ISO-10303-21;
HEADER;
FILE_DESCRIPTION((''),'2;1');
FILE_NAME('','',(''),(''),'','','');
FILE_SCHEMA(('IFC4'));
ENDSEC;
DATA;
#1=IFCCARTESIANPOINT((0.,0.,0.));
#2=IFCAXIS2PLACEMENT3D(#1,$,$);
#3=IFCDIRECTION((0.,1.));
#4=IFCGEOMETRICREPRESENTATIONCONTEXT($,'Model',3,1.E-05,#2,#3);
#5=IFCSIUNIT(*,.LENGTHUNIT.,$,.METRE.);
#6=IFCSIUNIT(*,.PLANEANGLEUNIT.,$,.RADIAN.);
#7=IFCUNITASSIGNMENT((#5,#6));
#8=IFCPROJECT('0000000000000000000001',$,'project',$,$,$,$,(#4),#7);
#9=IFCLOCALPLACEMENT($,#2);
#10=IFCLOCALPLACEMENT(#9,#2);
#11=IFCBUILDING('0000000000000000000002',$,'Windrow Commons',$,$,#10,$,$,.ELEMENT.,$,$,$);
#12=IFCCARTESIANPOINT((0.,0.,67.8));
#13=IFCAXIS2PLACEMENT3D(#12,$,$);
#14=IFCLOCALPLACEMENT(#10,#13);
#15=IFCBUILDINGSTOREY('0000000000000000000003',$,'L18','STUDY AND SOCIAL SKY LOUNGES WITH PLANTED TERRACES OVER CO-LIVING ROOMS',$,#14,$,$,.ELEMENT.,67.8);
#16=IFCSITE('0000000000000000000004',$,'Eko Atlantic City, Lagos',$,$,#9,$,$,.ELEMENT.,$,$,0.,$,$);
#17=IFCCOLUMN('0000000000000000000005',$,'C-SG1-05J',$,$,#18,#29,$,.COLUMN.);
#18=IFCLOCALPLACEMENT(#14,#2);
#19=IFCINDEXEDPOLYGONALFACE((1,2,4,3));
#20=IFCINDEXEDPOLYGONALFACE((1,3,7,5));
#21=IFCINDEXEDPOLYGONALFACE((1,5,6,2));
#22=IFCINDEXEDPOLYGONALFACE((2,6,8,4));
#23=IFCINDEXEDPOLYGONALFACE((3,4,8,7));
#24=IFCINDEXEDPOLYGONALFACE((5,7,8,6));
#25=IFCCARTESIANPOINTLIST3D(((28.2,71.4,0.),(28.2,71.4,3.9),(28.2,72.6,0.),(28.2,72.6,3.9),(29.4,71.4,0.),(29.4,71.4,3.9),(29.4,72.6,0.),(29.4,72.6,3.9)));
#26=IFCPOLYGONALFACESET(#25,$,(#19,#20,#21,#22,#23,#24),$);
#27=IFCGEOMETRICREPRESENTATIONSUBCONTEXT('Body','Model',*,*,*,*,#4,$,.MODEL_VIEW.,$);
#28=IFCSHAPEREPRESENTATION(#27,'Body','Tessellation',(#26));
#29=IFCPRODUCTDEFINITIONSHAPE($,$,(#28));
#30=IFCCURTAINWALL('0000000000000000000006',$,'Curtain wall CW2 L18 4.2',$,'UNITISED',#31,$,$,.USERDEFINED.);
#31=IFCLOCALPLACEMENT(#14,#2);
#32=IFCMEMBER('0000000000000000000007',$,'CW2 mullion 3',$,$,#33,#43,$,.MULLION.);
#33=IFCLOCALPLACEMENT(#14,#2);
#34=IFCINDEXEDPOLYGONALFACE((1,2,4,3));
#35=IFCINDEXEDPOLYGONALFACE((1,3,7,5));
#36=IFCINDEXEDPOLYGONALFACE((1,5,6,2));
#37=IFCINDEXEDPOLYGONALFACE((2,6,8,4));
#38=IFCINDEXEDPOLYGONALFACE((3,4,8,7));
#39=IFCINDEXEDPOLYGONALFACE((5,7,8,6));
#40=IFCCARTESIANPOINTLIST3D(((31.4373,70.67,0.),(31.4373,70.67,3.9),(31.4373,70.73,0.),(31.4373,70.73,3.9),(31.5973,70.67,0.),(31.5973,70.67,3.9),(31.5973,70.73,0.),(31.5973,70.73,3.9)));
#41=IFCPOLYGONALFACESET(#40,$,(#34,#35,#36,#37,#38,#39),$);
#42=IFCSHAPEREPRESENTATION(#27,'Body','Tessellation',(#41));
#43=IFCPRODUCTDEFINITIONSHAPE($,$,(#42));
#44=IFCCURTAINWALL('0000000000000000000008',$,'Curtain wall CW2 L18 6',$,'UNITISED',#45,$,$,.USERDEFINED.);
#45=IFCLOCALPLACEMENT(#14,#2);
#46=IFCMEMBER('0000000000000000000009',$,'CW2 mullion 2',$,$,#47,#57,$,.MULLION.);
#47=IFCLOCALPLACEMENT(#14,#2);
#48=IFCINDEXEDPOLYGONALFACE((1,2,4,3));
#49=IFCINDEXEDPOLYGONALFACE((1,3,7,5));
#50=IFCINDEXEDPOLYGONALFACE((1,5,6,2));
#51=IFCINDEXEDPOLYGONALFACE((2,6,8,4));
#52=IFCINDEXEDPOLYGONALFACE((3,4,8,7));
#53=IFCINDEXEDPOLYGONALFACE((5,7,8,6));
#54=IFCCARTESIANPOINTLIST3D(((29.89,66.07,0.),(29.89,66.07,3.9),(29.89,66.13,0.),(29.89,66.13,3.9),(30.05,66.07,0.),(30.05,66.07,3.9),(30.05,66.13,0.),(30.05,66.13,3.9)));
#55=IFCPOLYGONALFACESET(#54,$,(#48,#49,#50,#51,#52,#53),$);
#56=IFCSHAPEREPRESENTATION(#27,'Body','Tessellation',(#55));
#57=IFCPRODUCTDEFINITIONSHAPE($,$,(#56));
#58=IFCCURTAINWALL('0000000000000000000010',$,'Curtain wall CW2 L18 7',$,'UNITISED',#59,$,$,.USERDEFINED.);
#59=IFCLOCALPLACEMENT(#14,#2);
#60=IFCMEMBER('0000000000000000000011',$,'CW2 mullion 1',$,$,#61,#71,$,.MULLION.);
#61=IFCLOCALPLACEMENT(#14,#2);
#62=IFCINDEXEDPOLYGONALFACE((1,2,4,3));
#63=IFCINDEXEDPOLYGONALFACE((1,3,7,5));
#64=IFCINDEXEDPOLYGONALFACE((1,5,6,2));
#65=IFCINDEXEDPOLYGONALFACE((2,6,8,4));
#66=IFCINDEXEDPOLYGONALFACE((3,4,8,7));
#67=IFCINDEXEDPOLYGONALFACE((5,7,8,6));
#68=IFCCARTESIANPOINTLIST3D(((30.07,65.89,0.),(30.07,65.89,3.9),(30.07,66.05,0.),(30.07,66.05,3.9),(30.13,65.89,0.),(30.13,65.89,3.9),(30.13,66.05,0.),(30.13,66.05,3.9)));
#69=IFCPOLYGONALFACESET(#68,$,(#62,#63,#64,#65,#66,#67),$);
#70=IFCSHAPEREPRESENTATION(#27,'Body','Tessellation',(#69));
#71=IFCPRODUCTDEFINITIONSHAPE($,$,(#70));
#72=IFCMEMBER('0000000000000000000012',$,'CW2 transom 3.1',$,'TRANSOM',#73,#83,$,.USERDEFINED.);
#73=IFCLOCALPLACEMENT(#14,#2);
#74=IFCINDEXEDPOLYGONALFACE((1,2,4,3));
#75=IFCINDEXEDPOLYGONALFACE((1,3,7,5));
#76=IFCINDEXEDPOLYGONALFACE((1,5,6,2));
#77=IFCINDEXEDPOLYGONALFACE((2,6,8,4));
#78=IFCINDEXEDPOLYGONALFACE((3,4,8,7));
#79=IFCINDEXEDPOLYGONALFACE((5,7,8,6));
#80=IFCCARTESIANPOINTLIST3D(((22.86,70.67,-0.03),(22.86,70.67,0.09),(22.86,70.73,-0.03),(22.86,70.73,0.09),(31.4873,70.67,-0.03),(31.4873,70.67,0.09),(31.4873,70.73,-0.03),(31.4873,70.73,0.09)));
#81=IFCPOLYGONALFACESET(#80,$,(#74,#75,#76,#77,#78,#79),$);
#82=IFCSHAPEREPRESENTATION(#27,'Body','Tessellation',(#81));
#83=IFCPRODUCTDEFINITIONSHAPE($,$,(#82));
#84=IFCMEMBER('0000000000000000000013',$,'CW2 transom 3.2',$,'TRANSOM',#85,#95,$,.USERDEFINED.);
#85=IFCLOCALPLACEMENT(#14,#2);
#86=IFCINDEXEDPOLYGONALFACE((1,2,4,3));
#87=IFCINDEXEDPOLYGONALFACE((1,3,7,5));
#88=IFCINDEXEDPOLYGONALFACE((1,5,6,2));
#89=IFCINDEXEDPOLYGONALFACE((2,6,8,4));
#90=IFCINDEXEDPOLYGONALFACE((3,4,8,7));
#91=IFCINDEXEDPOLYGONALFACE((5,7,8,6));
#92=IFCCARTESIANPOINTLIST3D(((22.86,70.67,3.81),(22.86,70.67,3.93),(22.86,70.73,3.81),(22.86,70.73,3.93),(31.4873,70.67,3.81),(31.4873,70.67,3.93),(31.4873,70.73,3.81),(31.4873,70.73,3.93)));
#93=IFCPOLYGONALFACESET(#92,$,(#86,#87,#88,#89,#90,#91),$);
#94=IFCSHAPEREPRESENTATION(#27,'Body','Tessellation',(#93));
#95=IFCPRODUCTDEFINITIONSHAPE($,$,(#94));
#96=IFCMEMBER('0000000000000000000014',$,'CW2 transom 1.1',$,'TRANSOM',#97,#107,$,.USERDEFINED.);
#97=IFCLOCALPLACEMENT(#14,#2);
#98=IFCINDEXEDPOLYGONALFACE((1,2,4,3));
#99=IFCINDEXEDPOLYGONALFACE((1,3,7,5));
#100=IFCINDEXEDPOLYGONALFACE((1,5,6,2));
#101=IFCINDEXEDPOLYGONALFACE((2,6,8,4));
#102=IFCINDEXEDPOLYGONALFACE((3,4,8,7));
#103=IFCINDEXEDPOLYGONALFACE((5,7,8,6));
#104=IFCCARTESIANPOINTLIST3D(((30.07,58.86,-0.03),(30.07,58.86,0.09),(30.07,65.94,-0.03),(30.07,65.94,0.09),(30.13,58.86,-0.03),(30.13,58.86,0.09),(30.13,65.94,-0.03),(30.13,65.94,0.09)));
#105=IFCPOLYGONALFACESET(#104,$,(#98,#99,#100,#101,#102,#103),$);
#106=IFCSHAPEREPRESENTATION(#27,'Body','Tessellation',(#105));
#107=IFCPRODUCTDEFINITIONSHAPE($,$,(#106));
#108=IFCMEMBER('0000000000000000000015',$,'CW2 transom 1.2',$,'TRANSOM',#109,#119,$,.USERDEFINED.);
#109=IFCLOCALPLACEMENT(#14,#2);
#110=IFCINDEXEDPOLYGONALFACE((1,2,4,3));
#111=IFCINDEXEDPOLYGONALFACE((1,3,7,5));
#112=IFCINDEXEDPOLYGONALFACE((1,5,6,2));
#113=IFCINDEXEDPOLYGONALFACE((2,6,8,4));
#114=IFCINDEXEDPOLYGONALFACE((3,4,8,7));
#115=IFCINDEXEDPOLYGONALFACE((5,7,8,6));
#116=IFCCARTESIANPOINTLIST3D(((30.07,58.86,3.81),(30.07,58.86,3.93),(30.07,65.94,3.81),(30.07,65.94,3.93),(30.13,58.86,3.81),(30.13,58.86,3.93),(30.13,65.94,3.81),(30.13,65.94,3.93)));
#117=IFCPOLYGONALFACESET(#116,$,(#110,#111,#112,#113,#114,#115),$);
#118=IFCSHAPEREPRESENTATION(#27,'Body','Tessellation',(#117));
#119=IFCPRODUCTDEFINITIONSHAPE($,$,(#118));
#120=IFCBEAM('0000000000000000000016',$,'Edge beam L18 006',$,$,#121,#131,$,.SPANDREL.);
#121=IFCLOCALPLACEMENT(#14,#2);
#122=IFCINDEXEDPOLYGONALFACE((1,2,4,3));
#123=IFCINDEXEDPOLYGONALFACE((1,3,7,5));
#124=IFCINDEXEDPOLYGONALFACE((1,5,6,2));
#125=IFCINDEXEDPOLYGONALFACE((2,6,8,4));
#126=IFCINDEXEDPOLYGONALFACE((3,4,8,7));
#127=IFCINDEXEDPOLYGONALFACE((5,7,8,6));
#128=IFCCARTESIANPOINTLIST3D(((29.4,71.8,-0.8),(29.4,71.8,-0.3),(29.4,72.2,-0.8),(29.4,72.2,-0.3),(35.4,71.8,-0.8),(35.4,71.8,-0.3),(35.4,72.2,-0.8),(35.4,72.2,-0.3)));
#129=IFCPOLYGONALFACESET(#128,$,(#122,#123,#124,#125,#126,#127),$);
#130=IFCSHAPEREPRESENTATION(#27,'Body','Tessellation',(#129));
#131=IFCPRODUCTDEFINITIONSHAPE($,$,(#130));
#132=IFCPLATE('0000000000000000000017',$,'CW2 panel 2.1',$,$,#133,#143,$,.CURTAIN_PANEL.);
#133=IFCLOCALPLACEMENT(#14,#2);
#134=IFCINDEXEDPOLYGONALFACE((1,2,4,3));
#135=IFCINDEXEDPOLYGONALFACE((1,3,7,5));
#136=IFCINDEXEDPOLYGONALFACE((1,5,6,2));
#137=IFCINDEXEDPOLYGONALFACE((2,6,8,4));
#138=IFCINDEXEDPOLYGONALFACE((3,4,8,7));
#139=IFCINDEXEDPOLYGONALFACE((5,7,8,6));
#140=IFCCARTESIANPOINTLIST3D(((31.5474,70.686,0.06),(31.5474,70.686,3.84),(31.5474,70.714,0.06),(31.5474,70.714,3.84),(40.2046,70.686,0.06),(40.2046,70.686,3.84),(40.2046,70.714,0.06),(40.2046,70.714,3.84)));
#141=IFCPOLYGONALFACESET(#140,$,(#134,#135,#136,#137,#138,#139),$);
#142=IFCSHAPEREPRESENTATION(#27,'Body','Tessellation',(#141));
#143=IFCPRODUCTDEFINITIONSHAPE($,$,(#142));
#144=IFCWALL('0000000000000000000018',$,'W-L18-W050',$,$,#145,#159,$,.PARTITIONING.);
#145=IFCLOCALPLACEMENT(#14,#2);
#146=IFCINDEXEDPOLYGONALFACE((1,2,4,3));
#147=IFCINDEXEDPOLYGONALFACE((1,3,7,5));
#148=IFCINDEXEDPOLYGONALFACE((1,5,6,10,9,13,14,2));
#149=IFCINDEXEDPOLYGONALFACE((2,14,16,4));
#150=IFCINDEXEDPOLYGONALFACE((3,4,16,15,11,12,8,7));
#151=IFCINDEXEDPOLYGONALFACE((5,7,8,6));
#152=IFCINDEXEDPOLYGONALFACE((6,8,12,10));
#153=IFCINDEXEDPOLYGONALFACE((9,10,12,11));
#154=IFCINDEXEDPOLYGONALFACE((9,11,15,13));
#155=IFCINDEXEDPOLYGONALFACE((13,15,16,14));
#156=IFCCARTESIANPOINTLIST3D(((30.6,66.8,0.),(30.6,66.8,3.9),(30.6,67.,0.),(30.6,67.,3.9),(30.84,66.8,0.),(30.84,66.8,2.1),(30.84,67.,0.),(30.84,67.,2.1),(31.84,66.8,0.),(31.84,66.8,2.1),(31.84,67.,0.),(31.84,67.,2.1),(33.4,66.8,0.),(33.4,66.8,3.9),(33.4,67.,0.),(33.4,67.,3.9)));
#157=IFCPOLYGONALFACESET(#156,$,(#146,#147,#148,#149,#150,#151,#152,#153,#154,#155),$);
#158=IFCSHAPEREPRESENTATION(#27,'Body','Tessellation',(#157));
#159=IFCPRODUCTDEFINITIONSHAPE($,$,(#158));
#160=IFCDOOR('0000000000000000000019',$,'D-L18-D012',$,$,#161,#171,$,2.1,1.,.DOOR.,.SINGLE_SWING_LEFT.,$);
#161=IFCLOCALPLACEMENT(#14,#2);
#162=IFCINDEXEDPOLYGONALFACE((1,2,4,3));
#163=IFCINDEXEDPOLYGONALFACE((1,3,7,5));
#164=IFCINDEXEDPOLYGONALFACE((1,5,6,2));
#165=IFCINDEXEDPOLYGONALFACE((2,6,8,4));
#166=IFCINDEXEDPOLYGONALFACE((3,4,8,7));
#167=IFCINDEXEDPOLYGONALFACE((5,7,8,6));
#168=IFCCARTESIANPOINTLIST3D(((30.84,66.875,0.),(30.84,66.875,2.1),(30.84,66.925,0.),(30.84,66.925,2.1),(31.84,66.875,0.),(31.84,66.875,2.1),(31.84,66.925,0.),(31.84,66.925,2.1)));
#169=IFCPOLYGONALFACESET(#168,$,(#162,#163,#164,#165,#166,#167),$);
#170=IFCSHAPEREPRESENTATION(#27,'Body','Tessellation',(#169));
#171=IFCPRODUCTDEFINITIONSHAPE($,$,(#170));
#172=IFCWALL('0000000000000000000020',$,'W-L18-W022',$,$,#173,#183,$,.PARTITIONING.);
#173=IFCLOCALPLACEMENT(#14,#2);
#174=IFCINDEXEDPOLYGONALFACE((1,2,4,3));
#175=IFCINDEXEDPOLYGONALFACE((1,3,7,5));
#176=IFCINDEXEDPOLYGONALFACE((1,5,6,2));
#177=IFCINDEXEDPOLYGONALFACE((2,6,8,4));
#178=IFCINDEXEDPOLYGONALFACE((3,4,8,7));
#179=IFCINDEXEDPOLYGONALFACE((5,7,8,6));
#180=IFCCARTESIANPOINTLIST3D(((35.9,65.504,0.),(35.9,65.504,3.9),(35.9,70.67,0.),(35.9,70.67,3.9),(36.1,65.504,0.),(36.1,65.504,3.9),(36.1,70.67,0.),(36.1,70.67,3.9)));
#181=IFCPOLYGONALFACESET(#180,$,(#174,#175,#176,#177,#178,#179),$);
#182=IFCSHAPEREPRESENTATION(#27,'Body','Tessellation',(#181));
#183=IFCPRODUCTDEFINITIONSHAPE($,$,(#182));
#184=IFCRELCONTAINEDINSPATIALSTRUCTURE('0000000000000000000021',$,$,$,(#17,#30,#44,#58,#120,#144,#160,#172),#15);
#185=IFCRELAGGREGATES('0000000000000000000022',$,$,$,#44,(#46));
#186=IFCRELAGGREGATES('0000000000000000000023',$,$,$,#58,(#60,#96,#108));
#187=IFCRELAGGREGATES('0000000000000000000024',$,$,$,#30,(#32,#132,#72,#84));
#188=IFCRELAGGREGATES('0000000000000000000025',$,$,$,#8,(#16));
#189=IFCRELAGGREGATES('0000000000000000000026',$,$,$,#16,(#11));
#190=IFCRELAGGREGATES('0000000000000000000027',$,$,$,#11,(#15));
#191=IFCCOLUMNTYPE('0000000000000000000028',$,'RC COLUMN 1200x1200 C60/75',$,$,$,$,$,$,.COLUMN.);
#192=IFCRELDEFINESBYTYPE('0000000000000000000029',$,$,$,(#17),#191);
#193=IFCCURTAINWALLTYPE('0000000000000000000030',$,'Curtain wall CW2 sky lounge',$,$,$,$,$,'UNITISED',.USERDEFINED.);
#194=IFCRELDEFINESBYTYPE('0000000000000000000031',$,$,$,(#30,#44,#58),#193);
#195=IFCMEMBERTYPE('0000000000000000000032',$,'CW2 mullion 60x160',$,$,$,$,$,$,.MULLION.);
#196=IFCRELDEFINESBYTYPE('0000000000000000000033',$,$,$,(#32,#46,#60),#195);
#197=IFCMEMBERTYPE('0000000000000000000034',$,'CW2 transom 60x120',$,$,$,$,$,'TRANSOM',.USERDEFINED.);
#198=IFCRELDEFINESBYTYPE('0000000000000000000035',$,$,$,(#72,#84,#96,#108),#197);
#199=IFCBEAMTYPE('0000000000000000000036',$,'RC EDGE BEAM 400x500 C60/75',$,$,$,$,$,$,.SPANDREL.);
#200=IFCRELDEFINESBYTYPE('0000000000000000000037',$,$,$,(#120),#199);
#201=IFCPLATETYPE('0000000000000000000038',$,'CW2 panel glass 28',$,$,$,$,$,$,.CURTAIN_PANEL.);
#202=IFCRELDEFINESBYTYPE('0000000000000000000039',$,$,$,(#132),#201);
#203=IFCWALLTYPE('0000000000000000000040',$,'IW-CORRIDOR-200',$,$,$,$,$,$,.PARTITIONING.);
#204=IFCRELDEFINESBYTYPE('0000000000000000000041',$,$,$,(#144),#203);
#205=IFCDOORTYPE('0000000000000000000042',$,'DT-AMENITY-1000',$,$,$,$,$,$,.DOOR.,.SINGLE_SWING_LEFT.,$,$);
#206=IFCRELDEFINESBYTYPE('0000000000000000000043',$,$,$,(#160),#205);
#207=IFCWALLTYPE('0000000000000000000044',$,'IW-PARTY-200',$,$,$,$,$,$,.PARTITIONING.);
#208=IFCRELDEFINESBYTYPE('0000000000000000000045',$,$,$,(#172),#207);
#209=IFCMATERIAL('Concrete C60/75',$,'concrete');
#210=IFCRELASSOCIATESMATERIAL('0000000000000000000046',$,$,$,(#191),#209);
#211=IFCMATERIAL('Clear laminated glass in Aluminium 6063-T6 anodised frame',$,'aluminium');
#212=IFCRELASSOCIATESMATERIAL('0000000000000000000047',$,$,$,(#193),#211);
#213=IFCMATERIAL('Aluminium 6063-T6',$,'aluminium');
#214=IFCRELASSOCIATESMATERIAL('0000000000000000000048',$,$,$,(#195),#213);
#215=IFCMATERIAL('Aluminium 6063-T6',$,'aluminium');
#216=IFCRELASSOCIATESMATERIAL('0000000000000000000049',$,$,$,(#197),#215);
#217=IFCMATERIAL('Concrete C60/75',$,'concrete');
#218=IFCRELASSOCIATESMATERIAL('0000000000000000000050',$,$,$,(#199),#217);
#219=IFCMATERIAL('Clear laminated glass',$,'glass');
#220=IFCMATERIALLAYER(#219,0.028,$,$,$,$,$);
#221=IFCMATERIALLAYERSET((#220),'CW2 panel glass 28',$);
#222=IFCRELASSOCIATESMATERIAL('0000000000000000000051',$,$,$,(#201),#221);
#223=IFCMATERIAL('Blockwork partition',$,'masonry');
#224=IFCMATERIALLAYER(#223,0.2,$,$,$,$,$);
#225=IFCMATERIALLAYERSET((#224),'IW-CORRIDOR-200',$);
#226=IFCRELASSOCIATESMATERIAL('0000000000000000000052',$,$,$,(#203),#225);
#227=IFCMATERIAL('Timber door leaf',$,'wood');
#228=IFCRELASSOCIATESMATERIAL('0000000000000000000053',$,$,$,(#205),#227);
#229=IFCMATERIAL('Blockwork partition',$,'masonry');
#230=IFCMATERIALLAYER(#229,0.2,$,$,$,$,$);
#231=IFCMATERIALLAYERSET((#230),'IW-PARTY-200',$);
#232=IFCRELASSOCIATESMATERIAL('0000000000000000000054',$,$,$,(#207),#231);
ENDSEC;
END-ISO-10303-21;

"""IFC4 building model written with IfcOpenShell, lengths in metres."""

from ifc_helpers import new_model, si_unit, direction, frame, frame_2d, origin, origin_2d, place, context, subcontext, project, spatial, rectangle, extrude, material, layer, layer_set, material_profile, profile_set, type_object, element, fill, aggregate, save


model = new_model("IFC4")

# Units and contexts
model_context = context("Model", 3, precision=1e-05, world=origin(), true_north=direction((0.0, 1.0)))
body_context = subcontext(model_context, "Body", "Model", "MODEL_VIEW")
ifc_project = project(units=[si_unit("LENGTHUNIT", "METRE"), si_unit("PLANEANGLEUNIT", "RADIAN")], contexts=[model_context])

# Site, building, storey
site_placement = place(None, origin())
site = spatial("IfcSite", under=ifc_project, at=site_placement, Name="Eko Atlantic City, Lagos", CompositionType="ELEMENT", RefElevation=0.0)
building_placement = place(site_placement, origin())
building = spatial("IfcBuilding", under=site, at=building_placement, Name="Windrow Commons", CompositionType="ELEMENT")
storey_placement = place(building_placement, frame((0.0, 0.0, 67.8)))
storey = spatial("IfcBuildingStorey", under=building, at=storey_placement, Name="L18", Description="STUDY AND SOCIAL SKY LOUNGES WITH PLANTED TERRACES OVER CO-LIVING ROOMS", CompositionType="ELEMENT", Elevation=67.8)

# Column
ifc_material_1 = material(Name="Concrete C60/75", Category="concrete")
ifc_material_profile_1 = material_profile(ifc_material_1, rectangle(XDim=1.2, YDim=1.2, at=origin_2d()))
ifc_profile_set_1 = profile_set([ifc_material_profile_1], Name="Concrete C60/75")
column_type = type_object("IfcColumnType", Name="RC COLUMN 1200x1200 C60/75", PredefinedType="COLUMN", material=ifc_profile_set_1)
column_placement = place(storey_placement, frame((28.8, 72.0, 0.0), z_axis=(0.0, 0.0, 1.0), x_axis=(1.0, 0.0, 0.0)))
element("IfcColumn", 1, at=column_placement, inside=storey, type_object=column_type, Name="C-SG1-05J", PredefinedType="COLUMN", context=body_context, shape_type="SweptSolid", body=[
    extrude(rectangle(XDim=1.2, YDim=1.2, at=origin_2d()), origin(), (0.0, 0.0, 1.0), 3.9),
])

# Curtain walls, members
ifc_material_2 = material(Name="Clear laminated glass in Aluminium 6063-T6 anodised frame", Category="aluminium")
curtain_wall_type = type_object("IfcCurtainWallType", Name="Curtain wall CW2 sky lounge", ElementType="UNITISED", PredefinedType="USERDEFINED", material=ifc_material_2)
placement = place(storey_placement, origin())
curtain_wall_1 = element("IfcCurtainWall", 2, at=placement, inside=storey, type_object=curtain_wall_type, Name="Curtain wall CW2 L18 4.2", ObjectType="UNITISED", PredefinedType="USERDEFINED")
ifc_material_3 = material(Name="Aluminium 6063-T6", Category="aluminium")
ifc_material_profile_2 = material_profile(ifc_material_3, rectangle(XDim=0.06, YDim=0.16, at=origin_2d()))
ifc_profile_set_2 = profile_set([ifc_material_profile_2], Name="Aluminium 6063-T6")
member_type_1 = type_object("IfcMemberType", Name="CW2 mullion 60x160", PredefinedType="MULLION", material=ifc_profile_set_2)
member_1_placement = place(storey_placement, frame((31.5173, 70.7, 0.0), z_axis=(0.0, 0.0, 1.0), x_axis=(0.0, -1.0, 0.0)))
member_1 = element("IfcMember", 3, at=member_1_placement, type_object=member_type_1, Name="CW2 mullion 3", PredefinedType="MULLION", context=body_context, shape_type="SweptSolid", body=[
    extrude(rectangle(XDim=0.06, YDim=0.16, at=origin_2d()), origin(), (0.0, 0.0, 1.0), 3.9),
])
curtain_wall_2 = element("IfcCurtainWall", 4, at=placement, inside=storey, type_object=curtain_wall_type, Name="Curtain wall CW2 L18 6", ObjectType="UNITISED", PredefinedType="USERDEFINED")
member_2_placement = place(storey_placement, frame((29.97, 66.1, 0.0), z_axis=(0.0, 0.0, 1.0), x_axis=(0.0, 1.0, 0.0)))
member_2 = element("IfcMember", 5, at=member_2_placement, type_object=member_type_1, Name="CW2 mullion 2", PredefinedType="MULLION", context=body_context, shape_type="SweptSolid", body=[
    extrude(rectangle(XDim=0.06, YDim=0.16, at=origin_2d()), origin(), (0.0, 0.0, 1.0), 3.9),
])
aggregate(curtain_wall_2, [member_2])
curtain_wall_3 = element("IfcCurtainWall", 6, at=placement, inside=storey, type_object=curtain_wall_type, Name="Curtain wall CW2 L18 7", ObjectType="UNITISED", PredefinedType="USERDEFINED")
member_3_placement = place(storey_placement, frame((30.1, 65.97, 0.0), z_axis=(0.0, 0.0, 1.0), x_axis=(1.0, 0.0, 0.0)))
member_3 = element("IfcMember", 7, at=member_3_placement, type_object=member_type_1, Name="CW2 mullion 1", PredefinedType="MULLION", context=body_context, shape_type="SweptSolid", body=[
    extrude(rectangle(XDim=0.06, YDim=0.16, at=origin_2d()), origin(), (0.0, 0.0, 1.0), 3.9),
])

# Members
ifc_material_4 = material(Name="Aluminium 6063-T6", Category="aluminium")
ifc_material_profile_3 = material_profile(ifc_material_4, rectangle(XDim=0.06, YDim=0.12, at=origin_2d()))
ifc_profile_set_3 = profile_set([ifc_material_profile_3], Name="Aluminium 6063-T6")
member_type_2 = type_object("IfcMemberType", Name="CW2 transom 60x120", ElementType="TRANSOM", PredefinedType="USERDEFINED", material=ifc_profile_set_3)
member_4_placement = place(storey_placement, frame((31.4873, 70.7, 0.03), z_axis=(-1.0, 0.0, 0.0), x_axis=(0.0, -1.0, 0.0)))
member_4 = element("IfcMember", 8, at=member_4_placement, type_object=member_type_2, Name="CW2 transom 3.1", ObjectType="TRANSOM", PredefinedType="USERDEFINED", context=body_context, shape_type="SweptSolid", body=[
    extrude(rectangle(XDim=0.06, YDim=0.12, at=origin_2d()), origin(), (0.0, 0.0, 1.0), 8.6273),
])
member_5_placement = place(storey_placement, frame((31.4873, 70.7, 3.87), z_axis=(-1.0, 0.0, 0.0), x_axis=(0.0, -1.0, 0.0)))
member_5 = element("IfcMember", 9, at=member_5_placement, type_object=member_type_2, Name="CW2 transom 3.2", ObjectType="TRANSOM", PredefinedType="USERDEFINED", context=body_context, shape_type="SweptSolid", body=[
    extrude(rectangle(XDim=0.06, YDim=0.12, at=origin_2d()), origin(), (0.0, 0.0, 1.0), 8.6273),
])
member_6_placement = place(storey_placement, frame((30.1, 65.94, 0.03), z_axis=(0.0, -1.0, 0.0), x_axis=(1.0, 0.0, 0.0)))
member_6 = element("IfcMember", 10, at=member_6_placement, type_object=member_type_2, Name="CW2 transom 1.1", ObjectType="TRANSOM", PredefinedType="USERDEFINED", context=body_context, shape_type="SweptSolid", body=[
    extrude(rectangle(XDim=0.06, YDim=0.12, at=origin_2d()), origin(), (0.0, 0.0, 1.0), 7.08),
])
member_7_placement = place(storey_placement, frame((30.1, 65.94, 3.87), z_axis=(0.0, -1.0, 0.0), x_axis=(1.0, 0.0, 0.0)))
member_7 = element("IfcMember", 11, at=member_7_placement, type_object=member_type_2, Name="CW2 transom 1.2", ObjectType="TRANSOM", PredefinedType="USERDEFINED", context=body_context, shape_type="SweptSolid", body=[
    extrude(rectangle(XDim=0.06, YDim=0.12, at=origin_2d()), origin(), (0.0, 0.0, 1.0), 7.08),
])
aggregate(curtain_wall_3, [member_3, member_6, member_7])

# Beam
ifc_material_5 = material(Name="Concrete C60/75", Category="concrete")
ifc_material_profile_4 = material_profile(ifc_material_5, rectangle(XDim=0.4, YDim=0.5, at=origin_2d()))
ifc_profile_set_4 = profile_set([ifc_material_profile_4], Name="Concrete C60/75")
beam_type = type_object("IfcBeamType", Name="RC EDGE BEAM 400x500 C60/75", PredefinedType="SPANDREL", material=ifc_profile_set_4)
beam_placement = place(storey_placement, frame((29.4, 72.0, -0.55), z_axis=(1.0, 0.0, 0.0), x_axis=(0.0, 1.0, 0.0)))
element("IfcBeam", 12, at=beam_placement, inside=storey, type_object=beam_type, Name="Edge beam L18 006", PredefinedType="SPANDREL", context=body_context, shape_type="SweptSolid", body=[
    extrude(rectangle(XDim=0.4, YDim=0.5, at=origin_2d()), origin(), (0.0, 0.0, 1.0), 6.0),
])

# Plate
ifc_material_6 = material(Name="Clear laminated glass", Category="glass")
ifc_layer_1 = layer(ifc_material_6, 0.028)
ifc_layer_set_1 = layer_set([ifc_layer_1], Name="CW2 panel glass 28")
plate_type = type_object("IfcPlateType", Name="CW2 panel glass 28", PredefinedType="CURTAIN_PANEL", material=ifc_layer_set_1)
plate_placement = place(storey_placement, frame((35.876, 70.7, 0.06), z_axis=(0.0, 0.0, 1.0), x_axis=(-1.0, 0.0, 0.0)))
plate = element("IfcPlate", 13, at=plate_placement, type_object=plate_type, Name="CW2 panel 2.1", PredefinedType="CURTAIN_PANEL", context=body_context, shape_type="SweptSolid", body=[
    extrude(rectangle(XDim=8.6573, YDim=0.028, at=origin_2d()), origin(), (0.0, 0.0, 1.0), 3.78),
])
aggregate(curtain_wall_1, [member_1, plate, member_4, member_5])

# Wall, opening, door
ifc_material_7 = material(Name="Blockwork partition", Category="masonry")
ifc_layer_2 = layer(ifc_material_7, 0.2)
ifc_layer_set_2 = layer_set([ifc_layer_2], Name="IW-CORRIDOR-200")
wall_type_1 = type_object("IfcWallType", Name="IW-CORRIDOR-200", PredefinedType="PARTITIONING", material=ifc_layer_set_2)
wall_1_placement = place(storey_placement, frame((30.6, 66.9, 0.0), z_axis=(0.0, 0.0, 1.0), x_axis=(1.0, 0.0, 0.0)))
wall_1 = element("IfcWall", 14, at=wall_1_placement, inside=storey, type_object=wall_type_1, Name="W-L18-W050", PredefinedType="PARTITIONING", context=body_context, shape_type="SweptSolid", body=[
    extrude(rectangle(XDim=2.8, YDim=0.2, at=frame_2d((1.4, 0.0))), origin(), (0.0, 0.0, 1.0), 3.9),
])
opening_placement = place(wall_1_placement, frame((0.24, 0.0, 0.0)))
opening = element("IfcOpeningElement", 15, at=opening_placement, cuts=wall_1, PredefinedType="OPENING", context=body_context, shape_type="SweptSolid", body=[
    extrude(rectangle(XDim=1.0, YDim=2.1, at=frame_2d((0.5, 1.05))), frame((0.0, 0.11, 0.0), z_axis=(0.0, -1.0, 0.0), x_axis=(1.0, 0.0, 0.0)), (0.0, 0.0, 1.0), 0.22),
])
ifc_material_8 = material(Name="Timber door leaf", Category="wood")
door_type = type_object("IfcDoorType", Name="DT-AMENITY-1000", OperationType="SINGLE_SWING_LEFT", PredefinedType="DOOR", material=ifc_material_8)
door_placement = place(opening_placement, origin())
door = element("IfcDoor", 16, at=door_placement, inside=storey, type_object=door_type, Name="D-L18-D012", OperationType="SINGLE_SWING_LEFT", OverallHeight=2.1, OverallWidth=1.0, PredefinedType="DOOR", context=body_context, shape_type="SweptSolid", body=[
    extrude(rectangle(XDim=1.0, YDim=2.1, at=frame_2d((0.5, 1.05))), frame((0.0, 0.025, 0.0), z_axis=(0.0, -1.0, 0.0), x_axis=(1.0, 0.0, 0.0)), (0.0, 0.0, 1.0), 0.05),
])
fill(opening, door)

# Wall
ifc_material_9 = material(Name="Blockwork partition", Category="masonry")
ifc_layer_3 = layer(ifc_material_9, 0.2)
ifc_layer_set_3 = layer_set([ifc_layer_3], Name="IW-PARTY-200")
wall_type_2 = type_object("IfcWallType", Name="IW-PARTY-200", PredefinedType="PARTITIONING", material=ifc_layer_set_3)
wall_2_placement = place(storey_placement, frame((36.0, 65.504, 0.0), z_axis=(0.0, 0.0, 1.0), x_axis=(0.0, 1.0, 0.0)))
element("IfcWall", 17, at=wall_2_placement, inside=storey, type_object=wall_type_2, Name="W-L18-W022", PredefinedType="PARTITIONING", context=body_context, shape_type="SweptSolid", body=[
    extrude(rectangle(XDim=5.166, YDim=0.2, at=frame_2d((2.583, 0.0))), origin(), (0.0, 0.0, 1.0), 3.9),
])

save(model, "model.ifc")
